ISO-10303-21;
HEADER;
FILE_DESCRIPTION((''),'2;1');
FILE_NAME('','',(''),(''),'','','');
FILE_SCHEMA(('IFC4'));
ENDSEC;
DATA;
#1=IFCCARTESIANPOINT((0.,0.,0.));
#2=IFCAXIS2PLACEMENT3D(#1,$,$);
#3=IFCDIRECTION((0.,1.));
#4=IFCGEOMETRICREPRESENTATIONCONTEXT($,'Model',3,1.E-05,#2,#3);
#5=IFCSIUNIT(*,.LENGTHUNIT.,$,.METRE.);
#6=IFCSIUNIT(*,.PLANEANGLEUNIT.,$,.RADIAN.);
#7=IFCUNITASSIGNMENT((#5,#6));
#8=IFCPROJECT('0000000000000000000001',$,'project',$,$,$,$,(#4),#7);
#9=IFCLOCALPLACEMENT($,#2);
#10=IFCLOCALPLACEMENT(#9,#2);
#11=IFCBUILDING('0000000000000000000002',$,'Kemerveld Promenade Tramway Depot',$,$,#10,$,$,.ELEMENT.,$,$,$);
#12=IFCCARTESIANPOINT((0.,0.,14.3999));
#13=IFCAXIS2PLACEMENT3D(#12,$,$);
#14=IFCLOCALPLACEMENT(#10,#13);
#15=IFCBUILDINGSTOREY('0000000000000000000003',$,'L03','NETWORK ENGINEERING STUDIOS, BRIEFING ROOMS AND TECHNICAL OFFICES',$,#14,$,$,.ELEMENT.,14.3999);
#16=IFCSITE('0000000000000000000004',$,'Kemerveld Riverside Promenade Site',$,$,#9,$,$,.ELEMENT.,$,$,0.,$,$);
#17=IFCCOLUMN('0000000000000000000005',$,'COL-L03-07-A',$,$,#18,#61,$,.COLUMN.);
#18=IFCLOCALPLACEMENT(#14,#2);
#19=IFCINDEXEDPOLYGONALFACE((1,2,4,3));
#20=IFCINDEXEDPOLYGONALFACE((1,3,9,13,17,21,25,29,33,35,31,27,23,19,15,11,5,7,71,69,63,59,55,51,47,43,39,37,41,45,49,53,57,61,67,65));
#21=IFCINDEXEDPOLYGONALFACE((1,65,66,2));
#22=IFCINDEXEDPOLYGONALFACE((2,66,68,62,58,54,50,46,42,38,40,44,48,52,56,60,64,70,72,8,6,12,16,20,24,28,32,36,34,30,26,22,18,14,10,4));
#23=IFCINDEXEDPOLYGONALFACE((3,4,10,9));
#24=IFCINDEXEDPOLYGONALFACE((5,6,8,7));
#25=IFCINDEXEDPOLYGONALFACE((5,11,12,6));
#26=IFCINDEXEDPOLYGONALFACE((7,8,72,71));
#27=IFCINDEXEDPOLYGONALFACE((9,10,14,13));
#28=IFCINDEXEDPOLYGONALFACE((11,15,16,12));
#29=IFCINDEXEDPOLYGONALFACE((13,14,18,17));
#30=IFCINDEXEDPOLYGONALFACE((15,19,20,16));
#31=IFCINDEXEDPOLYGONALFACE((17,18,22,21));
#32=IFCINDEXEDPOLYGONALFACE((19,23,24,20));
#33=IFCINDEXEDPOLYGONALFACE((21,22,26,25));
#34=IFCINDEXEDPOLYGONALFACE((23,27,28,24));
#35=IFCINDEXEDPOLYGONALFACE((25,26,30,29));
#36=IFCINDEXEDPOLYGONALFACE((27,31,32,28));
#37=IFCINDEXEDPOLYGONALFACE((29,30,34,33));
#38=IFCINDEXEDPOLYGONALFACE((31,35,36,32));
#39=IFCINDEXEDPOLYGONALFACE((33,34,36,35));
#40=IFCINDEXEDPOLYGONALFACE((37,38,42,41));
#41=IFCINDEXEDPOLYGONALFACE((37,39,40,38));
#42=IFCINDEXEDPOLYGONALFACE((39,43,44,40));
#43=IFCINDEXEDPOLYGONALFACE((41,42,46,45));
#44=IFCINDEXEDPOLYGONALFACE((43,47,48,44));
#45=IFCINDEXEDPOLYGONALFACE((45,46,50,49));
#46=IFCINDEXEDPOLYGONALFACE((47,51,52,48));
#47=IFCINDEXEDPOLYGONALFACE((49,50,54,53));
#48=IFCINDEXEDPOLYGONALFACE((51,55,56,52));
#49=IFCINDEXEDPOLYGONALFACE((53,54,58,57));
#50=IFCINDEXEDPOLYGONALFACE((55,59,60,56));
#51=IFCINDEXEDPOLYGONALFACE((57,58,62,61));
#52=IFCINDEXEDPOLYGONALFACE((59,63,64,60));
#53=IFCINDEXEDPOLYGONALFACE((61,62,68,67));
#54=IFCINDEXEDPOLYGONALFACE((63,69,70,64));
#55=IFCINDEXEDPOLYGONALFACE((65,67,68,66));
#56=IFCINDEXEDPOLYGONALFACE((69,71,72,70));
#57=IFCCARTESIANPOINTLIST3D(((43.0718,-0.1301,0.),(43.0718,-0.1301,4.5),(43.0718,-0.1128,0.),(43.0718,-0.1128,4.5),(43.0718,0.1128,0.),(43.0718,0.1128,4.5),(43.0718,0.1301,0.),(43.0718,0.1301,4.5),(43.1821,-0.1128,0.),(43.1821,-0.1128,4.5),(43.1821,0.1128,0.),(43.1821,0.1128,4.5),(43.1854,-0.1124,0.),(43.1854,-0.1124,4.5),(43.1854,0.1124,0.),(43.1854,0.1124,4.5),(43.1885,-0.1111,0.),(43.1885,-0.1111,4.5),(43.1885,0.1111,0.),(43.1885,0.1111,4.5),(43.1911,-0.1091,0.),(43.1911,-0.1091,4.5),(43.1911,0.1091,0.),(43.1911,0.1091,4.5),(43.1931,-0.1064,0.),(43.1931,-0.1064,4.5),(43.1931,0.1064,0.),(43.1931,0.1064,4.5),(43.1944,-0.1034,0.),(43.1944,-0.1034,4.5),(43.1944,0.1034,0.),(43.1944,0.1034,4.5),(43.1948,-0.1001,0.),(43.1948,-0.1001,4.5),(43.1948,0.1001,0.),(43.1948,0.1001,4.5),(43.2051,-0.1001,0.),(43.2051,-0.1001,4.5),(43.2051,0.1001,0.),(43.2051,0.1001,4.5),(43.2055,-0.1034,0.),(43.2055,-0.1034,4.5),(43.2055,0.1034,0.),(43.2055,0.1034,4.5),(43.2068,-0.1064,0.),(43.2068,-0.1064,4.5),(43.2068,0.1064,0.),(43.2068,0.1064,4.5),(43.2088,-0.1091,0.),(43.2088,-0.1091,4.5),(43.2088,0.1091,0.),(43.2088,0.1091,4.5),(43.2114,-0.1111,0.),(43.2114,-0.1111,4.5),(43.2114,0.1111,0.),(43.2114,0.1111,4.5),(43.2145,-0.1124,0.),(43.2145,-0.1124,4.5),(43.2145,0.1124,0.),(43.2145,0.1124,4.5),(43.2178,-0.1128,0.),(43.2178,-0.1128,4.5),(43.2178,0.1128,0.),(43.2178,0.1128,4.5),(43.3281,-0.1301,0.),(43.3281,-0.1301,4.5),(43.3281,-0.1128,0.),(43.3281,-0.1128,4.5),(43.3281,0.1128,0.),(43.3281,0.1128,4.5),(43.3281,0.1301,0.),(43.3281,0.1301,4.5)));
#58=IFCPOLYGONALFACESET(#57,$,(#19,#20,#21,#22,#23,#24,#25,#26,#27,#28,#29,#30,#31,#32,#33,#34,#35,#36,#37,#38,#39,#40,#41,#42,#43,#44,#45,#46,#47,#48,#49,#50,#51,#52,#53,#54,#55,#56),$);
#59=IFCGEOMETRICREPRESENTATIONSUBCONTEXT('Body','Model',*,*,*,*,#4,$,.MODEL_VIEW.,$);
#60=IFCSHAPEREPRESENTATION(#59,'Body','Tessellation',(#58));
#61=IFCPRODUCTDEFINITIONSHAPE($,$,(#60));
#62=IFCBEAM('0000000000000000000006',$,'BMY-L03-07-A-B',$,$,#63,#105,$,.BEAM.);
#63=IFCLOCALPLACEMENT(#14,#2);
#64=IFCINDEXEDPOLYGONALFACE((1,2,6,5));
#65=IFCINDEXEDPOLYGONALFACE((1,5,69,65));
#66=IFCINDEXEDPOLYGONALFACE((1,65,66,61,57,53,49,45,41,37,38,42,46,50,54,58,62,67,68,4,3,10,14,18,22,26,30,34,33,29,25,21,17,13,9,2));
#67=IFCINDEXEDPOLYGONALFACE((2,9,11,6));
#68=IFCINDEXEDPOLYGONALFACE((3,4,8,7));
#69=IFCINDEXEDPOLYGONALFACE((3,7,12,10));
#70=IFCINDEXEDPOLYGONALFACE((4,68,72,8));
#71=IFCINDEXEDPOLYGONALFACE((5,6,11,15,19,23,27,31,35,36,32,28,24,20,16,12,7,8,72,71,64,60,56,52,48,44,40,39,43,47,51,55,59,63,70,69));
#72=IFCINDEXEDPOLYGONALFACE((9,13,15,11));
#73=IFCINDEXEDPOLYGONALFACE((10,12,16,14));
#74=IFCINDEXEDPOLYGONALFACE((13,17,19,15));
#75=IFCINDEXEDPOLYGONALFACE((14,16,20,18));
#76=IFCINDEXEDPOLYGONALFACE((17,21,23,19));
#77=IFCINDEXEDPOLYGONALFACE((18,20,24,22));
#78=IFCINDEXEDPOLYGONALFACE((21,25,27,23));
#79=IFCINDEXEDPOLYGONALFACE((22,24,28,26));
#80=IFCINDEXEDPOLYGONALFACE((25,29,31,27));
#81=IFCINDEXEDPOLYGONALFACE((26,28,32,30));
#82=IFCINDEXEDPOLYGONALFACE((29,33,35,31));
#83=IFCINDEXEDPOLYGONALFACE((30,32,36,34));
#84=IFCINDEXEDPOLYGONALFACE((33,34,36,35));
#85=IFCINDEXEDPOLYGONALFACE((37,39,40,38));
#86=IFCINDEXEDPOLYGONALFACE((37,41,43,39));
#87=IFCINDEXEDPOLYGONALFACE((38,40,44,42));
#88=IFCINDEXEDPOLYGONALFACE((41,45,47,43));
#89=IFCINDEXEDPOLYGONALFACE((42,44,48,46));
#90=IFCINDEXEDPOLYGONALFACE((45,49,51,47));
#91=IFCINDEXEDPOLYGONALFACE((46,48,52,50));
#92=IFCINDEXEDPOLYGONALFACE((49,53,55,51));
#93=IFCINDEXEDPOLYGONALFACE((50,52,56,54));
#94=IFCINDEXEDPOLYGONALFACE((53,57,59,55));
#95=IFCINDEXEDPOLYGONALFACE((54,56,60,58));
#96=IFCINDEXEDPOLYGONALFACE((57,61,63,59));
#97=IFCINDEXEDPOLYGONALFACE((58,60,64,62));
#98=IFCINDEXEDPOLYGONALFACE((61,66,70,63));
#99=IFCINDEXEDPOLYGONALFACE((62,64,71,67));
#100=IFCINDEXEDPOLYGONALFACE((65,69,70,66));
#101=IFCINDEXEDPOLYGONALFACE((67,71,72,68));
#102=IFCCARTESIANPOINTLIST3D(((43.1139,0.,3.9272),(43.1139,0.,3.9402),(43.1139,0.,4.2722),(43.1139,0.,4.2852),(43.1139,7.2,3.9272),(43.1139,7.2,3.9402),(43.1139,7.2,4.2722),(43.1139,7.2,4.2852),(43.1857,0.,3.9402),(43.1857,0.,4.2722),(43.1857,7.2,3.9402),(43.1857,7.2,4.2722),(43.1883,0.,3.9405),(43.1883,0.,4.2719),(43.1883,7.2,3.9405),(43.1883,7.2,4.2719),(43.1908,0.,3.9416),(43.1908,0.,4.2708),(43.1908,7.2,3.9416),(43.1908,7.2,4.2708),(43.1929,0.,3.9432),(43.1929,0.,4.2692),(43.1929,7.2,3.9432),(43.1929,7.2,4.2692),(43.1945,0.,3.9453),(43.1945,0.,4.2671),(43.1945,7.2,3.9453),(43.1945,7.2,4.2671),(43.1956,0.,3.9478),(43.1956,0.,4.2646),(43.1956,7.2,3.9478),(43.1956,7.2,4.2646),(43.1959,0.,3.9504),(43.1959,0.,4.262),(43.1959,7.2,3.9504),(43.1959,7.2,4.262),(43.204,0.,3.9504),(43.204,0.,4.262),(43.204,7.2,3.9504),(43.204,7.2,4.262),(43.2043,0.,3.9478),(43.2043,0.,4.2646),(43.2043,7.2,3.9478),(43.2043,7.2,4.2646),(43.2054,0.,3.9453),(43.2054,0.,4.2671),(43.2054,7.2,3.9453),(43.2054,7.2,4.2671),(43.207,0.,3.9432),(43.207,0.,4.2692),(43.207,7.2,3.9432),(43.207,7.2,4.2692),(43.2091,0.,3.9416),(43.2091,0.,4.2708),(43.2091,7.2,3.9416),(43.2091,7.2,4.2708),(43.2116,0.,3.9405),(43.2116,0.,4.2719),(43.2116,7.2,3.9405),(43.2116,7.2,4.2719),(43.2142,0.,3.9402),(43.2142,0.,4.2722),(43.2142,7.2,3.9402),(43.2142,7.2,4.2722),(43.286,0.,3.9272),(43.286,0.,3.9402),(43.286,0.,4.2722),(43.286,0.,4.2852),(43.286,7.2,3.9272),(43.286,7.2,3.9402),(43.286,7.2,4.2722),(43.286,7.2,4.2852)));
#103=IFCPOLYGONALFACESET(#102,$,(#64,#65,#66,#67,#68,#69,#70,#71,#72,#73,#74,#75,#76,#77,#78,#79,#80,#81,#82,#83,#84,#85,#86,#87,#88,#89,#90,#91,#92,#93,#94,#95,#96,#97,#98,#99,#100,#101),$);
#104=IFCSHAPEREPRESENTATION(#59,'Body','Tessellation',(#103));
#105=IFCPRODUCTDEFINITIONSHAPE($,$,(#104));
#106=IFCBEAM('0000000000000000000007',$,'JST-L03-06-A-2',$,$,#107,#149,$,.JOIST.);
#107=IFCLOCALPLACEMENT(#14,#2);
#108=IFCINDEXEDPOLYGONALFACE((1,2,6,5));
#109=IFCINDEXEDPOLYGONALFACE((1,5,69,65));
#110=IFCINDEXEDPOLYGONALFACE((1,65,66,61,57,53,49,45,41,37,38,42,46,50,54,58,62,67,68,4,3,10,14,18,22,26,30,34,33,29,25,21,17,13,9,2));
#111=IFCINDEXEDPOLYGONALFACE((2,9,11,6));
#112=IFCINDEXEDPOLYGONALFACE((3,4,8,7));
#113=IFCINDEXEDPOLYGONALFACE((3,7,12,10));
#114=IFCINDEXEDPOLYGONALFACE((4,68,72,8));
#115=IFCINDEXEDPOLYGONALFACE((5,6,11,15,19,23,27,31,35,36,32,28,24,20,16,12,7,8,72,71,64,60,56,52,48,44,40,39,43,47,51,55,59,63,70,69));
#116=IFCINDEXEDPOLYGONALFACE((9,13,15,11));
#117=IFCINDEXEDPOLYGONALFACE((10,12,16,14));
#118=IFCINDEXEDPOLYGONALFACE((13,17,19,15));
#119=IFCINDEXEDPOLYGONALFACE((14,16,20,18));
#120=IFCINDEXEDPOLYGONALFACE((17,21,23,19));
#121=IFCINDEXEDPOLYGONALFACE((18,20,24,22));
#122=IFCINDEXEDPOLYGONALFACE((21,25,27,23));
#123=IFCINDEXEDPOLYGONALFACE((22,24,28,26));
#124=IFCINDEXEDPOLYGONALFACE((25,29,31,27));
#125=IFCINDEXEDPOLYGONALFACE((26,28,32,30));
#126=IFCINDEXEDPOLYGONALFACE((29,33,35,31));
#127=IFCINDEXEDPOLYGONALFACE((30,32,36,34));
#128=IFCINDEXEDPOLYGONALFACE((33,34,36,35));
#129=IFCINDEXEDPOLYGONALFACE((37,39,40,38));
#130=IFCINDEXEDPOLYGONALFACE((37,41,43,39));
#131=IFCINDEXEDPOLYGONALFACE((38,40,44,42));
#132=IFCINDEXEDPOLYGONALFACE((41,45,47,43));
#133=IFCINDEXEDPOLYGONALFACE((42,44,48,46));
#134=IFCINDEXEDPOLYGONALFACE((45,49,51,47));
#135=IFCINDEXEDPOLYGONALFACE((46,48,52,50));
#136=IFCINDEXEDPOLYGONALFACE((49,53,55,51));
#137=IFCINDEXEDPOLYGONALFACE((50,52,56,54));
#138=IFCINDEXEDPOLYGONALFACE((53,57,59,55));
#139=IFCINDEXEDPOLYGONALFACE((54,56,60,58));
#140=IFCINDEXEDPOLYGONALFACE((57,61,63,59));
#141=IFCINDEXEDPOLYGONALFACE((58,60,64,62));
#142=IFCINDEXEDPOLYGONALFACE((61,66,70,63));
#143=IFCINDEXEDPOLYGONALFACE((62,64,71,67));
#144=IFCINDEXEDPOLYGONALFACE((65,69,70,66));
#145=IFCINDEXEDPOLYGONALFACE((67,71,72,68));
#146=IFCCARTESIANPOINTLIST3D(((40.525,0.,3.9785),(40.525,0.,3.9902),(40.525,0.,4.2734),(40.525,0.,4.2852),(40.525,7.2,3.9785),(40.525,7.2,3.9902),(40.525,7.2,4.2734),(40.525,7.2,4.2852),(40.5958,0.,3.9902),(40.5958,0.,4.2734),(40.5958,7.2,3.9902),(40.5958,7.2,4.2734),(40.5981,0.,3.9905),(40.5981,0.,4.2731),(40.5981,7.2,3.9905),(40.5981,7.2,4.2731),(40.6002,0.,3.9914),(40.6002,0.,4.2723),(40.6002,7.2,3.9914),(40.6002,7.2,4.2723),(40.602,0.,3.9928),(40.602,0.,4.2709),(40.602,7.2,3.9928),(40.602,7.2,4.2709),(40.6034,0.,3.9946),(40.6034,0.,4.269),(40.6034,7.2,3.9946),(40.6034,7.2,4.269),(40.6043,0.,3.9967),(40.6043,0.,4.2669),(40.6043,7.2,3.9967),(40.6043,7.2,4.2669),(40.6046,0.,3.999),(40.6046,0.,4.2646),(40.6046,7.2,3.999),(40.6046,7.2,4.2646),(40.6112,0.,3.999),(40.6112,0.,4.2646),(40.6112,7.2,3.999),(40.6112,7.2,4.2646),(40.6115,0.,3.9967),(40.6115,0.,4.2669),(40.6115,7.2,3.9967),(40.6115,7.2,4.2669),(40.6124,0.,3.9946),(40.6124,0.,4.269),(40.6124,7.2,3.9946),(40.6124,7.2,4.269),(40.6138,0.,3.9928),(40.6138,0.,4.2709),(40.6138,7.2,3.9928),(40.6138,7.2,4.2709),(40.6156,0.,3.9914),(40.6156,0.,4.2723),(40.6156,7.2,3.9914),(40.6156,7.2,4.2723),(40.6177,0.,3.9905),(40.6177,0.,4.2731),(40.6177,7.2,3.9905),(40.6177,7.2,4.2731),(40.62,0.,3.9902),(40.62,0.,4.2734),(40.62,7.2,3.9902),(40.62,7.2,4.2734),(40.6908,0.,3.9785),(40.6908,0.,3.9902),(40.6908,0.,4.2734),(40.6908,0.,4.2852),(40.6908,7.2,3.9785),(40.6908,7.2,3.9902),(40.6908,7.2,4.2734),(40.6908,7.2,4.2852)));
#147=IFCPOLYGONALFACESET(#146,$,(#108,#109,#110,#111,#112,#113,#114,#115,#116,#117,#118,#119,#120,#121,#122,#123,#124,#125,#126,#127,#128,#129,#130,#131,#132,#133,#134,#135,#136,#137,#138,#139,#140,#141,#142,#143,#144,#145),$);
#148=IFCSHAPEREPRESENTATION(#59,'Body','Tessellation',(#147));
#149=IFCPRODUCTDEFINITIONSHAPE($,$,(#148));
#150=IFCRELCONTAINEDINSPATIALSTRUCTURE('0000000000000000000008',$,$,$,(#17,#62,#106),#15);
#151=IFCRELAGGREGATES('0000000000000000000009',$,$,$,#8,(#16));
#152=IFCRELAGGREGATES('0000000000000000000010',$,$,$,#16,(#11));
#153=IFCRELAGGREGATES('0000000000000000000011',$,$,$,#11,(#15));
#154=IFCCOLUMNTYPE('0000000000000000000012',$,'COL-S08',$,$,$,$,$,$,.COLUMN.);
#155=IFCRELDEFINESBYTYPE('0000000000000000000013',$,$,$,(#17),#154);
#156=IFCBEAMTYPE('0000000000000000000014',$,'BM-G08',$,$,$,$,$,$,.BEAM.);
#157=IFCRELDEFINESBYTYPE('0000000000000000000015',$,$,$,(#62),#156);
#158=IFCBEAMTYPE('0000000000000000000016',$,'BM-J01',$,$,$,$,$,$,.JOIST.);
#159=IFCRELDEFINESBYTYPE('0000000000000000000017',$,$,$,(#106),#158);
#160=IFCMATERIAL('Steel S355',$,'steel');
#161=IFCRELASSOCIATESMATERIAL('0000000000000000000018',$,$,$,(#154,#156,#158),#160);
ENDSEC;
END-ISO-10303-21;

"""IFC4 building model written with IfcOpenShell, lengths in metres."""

from ifc_helpers import new_model, si_unit, direction, frame, origin, origin_2d, place, context, subcontext, project, spatial, i_section, extrude, material, material_profile, profile_set, type_object, element, save


model = new_model("IFC4")

# Units and contexts
model_context = context("Model", 3, precision=1e-05, world=origin(), true_north=direction((0.0, 1.0)))
body_context = subcontext(model_context, "Body", "Model", "MODEL_VIEW")
ifc_project = project(units=[si_unit("LENGTHUNIT", "METRE"), si_unit("PLANEANGLEUNIT", "RADIAN")], contexts=[model_context])

# Site, building, storey
site_placement = place(None, origin())
site = spatial("IfcSite", under=ifc_project, at=site_placement, Name="Kemerveld Riverside Promenade Site", CompositionType="ELEMENT", RefElevation=0.0)
building_placement = place(site_placement, origin())
building = spatial("IfcBuilding", under=site, at=building_placement, Name="Kemerveld Promenade Tramway Depot", CompositionType="ELEMENT")
storey_placement = place(building_placement, frame((0.0, 0.0, 14.3999)))
storey = spatial("IfcBuildingStorey", under=building, at=storey_placement, Name="L03", Description="NETWORK ENGINEERING STUDIOS, BRIEFING ROOMS AND TECHNICAL OFFICES", CompositionType="ELEMENT", Elevation=14.3999)

# Column
ifc_material_1 = material(Name="Steel S355", Category="steel")
ifc_material_profile_1 = material_profile(ifc_material_1, i_section(OverallWidth=0.2563, OverallDepth=0.2603, WebThickness=0.0103, FlangeThickness=0.0173, FilletRadius=0.0127, at=origin_2d()), Name="254x254x89 UC")
ifc_profile_set_1 = profile_set([ifc_material_profile_1], Name="Steel S355")
column_type = type_object("IfcColumnType", Name="COL-S08", PredefinedType="COLUMN", material=ifc_profile_set_1)
column_placement = place(storey_placement, frame((43.2, 0.0, 0.0), z_axis=(0.0, 0.0, 1.0), x_axis=(1.0, 0.0, 0.0)))
element("IfcColumn", 1, at=column_placement, inside=storey, type_object=column_type, Name="COL-L03-07-A", PredefinedType="COLUMN", context=body_context, shape_type="SweptSolid", body=[
    extrude(i_section(OverallWidth=0.2563, OverallDepth=0.2603, WebThickness=0.0103, FlangeThickness=0.0173, FilletRadius=0.0127, at=origin_2d()), origin(), (0.0, 0.0, 1.0), 4.5),
])

# Beams
ifc_material_profile_2 = material_profile(ifc_material_1, i_section(OverallWidth=0.1721, OverallDepth=0.3579, WebThickness=0.0081, FlangeThickness=0.0129, FilletRadius=0.0103, at=origin_2d()), Name="356x171x57 UB")
ifc_profile_set_2 = profile_set([ifc_material_profile_2], Name="Steel S355")
beam_type_1 = type_object("IfcBeamType", Name="BM-G08", PredefinedType="BEAM", material=ifc_profile_set_2)
beam_1_placement = place(storey_placement, frame((43.2, 0.0, 4.1062), z_axis=(0.0, 1.0, 0.0), x_axis=(-1.0, 0.0, 0.0)))
element("IfcBeam", 2, at=beam_1_placement, inside=storey, type_object=beam_type_1, Name="BMY-L03-07-A-B", PredefinedType="BEAM", context=body_context, shape_type="SweptSolid", body=[
    extrude(i_section(OverallWidth=0.1721, OverallDepth=0.3579, WebThickness=0.0081, FlangeThickness=0.0129, FilletRadius=0.0103, at=origin_2d()), origin(), (0.0, 0.0, 1.0), 7.2),
])
ifc_material_profile_3 = material_profile(ifc_material_1, i_section(OverallWidth=0.1658, OverallDepth=0.3066, WebThickness=0.0066, FlangeThickness=0.0117, FilletRadius=0.0088, at=origin_2d()), Name="305x165x46 UB")
ifc_profile_set_3 = profile_set([ifc_material_profile_3], Name="Steel S355")
beam_type_2 = type_object("IfcBeamType", Name="BM-J01", PredefinedType="JOIST", material=ifc_profile_set_3)
beam_2_placement = place(storey_placement, frame((40.6079, 0.0, 4.1318), z_axis=(0.0, 1.0, 0.0), x_axis=(-1.0, 0.0, 0.0)))
element("IfcBeam", 3, at=beam_2_placement, inside=storey, type_object=beam_type_2, Name="JST-L03-06-A-2", PredefinedType="JOIST", context=body_context, shape_type="SweptSolid", body=[
    extrude(i_section(OverallWidth=0.1658, OverallDepth=0.3066, WebThickness=0.0066, FlangeThickness=0.0117, FilletRadius=0.0088, at=origin_2d()), origin(), (0.0, 0.0, 1.0), 7.2),
])

save(model, "model.ifc")
